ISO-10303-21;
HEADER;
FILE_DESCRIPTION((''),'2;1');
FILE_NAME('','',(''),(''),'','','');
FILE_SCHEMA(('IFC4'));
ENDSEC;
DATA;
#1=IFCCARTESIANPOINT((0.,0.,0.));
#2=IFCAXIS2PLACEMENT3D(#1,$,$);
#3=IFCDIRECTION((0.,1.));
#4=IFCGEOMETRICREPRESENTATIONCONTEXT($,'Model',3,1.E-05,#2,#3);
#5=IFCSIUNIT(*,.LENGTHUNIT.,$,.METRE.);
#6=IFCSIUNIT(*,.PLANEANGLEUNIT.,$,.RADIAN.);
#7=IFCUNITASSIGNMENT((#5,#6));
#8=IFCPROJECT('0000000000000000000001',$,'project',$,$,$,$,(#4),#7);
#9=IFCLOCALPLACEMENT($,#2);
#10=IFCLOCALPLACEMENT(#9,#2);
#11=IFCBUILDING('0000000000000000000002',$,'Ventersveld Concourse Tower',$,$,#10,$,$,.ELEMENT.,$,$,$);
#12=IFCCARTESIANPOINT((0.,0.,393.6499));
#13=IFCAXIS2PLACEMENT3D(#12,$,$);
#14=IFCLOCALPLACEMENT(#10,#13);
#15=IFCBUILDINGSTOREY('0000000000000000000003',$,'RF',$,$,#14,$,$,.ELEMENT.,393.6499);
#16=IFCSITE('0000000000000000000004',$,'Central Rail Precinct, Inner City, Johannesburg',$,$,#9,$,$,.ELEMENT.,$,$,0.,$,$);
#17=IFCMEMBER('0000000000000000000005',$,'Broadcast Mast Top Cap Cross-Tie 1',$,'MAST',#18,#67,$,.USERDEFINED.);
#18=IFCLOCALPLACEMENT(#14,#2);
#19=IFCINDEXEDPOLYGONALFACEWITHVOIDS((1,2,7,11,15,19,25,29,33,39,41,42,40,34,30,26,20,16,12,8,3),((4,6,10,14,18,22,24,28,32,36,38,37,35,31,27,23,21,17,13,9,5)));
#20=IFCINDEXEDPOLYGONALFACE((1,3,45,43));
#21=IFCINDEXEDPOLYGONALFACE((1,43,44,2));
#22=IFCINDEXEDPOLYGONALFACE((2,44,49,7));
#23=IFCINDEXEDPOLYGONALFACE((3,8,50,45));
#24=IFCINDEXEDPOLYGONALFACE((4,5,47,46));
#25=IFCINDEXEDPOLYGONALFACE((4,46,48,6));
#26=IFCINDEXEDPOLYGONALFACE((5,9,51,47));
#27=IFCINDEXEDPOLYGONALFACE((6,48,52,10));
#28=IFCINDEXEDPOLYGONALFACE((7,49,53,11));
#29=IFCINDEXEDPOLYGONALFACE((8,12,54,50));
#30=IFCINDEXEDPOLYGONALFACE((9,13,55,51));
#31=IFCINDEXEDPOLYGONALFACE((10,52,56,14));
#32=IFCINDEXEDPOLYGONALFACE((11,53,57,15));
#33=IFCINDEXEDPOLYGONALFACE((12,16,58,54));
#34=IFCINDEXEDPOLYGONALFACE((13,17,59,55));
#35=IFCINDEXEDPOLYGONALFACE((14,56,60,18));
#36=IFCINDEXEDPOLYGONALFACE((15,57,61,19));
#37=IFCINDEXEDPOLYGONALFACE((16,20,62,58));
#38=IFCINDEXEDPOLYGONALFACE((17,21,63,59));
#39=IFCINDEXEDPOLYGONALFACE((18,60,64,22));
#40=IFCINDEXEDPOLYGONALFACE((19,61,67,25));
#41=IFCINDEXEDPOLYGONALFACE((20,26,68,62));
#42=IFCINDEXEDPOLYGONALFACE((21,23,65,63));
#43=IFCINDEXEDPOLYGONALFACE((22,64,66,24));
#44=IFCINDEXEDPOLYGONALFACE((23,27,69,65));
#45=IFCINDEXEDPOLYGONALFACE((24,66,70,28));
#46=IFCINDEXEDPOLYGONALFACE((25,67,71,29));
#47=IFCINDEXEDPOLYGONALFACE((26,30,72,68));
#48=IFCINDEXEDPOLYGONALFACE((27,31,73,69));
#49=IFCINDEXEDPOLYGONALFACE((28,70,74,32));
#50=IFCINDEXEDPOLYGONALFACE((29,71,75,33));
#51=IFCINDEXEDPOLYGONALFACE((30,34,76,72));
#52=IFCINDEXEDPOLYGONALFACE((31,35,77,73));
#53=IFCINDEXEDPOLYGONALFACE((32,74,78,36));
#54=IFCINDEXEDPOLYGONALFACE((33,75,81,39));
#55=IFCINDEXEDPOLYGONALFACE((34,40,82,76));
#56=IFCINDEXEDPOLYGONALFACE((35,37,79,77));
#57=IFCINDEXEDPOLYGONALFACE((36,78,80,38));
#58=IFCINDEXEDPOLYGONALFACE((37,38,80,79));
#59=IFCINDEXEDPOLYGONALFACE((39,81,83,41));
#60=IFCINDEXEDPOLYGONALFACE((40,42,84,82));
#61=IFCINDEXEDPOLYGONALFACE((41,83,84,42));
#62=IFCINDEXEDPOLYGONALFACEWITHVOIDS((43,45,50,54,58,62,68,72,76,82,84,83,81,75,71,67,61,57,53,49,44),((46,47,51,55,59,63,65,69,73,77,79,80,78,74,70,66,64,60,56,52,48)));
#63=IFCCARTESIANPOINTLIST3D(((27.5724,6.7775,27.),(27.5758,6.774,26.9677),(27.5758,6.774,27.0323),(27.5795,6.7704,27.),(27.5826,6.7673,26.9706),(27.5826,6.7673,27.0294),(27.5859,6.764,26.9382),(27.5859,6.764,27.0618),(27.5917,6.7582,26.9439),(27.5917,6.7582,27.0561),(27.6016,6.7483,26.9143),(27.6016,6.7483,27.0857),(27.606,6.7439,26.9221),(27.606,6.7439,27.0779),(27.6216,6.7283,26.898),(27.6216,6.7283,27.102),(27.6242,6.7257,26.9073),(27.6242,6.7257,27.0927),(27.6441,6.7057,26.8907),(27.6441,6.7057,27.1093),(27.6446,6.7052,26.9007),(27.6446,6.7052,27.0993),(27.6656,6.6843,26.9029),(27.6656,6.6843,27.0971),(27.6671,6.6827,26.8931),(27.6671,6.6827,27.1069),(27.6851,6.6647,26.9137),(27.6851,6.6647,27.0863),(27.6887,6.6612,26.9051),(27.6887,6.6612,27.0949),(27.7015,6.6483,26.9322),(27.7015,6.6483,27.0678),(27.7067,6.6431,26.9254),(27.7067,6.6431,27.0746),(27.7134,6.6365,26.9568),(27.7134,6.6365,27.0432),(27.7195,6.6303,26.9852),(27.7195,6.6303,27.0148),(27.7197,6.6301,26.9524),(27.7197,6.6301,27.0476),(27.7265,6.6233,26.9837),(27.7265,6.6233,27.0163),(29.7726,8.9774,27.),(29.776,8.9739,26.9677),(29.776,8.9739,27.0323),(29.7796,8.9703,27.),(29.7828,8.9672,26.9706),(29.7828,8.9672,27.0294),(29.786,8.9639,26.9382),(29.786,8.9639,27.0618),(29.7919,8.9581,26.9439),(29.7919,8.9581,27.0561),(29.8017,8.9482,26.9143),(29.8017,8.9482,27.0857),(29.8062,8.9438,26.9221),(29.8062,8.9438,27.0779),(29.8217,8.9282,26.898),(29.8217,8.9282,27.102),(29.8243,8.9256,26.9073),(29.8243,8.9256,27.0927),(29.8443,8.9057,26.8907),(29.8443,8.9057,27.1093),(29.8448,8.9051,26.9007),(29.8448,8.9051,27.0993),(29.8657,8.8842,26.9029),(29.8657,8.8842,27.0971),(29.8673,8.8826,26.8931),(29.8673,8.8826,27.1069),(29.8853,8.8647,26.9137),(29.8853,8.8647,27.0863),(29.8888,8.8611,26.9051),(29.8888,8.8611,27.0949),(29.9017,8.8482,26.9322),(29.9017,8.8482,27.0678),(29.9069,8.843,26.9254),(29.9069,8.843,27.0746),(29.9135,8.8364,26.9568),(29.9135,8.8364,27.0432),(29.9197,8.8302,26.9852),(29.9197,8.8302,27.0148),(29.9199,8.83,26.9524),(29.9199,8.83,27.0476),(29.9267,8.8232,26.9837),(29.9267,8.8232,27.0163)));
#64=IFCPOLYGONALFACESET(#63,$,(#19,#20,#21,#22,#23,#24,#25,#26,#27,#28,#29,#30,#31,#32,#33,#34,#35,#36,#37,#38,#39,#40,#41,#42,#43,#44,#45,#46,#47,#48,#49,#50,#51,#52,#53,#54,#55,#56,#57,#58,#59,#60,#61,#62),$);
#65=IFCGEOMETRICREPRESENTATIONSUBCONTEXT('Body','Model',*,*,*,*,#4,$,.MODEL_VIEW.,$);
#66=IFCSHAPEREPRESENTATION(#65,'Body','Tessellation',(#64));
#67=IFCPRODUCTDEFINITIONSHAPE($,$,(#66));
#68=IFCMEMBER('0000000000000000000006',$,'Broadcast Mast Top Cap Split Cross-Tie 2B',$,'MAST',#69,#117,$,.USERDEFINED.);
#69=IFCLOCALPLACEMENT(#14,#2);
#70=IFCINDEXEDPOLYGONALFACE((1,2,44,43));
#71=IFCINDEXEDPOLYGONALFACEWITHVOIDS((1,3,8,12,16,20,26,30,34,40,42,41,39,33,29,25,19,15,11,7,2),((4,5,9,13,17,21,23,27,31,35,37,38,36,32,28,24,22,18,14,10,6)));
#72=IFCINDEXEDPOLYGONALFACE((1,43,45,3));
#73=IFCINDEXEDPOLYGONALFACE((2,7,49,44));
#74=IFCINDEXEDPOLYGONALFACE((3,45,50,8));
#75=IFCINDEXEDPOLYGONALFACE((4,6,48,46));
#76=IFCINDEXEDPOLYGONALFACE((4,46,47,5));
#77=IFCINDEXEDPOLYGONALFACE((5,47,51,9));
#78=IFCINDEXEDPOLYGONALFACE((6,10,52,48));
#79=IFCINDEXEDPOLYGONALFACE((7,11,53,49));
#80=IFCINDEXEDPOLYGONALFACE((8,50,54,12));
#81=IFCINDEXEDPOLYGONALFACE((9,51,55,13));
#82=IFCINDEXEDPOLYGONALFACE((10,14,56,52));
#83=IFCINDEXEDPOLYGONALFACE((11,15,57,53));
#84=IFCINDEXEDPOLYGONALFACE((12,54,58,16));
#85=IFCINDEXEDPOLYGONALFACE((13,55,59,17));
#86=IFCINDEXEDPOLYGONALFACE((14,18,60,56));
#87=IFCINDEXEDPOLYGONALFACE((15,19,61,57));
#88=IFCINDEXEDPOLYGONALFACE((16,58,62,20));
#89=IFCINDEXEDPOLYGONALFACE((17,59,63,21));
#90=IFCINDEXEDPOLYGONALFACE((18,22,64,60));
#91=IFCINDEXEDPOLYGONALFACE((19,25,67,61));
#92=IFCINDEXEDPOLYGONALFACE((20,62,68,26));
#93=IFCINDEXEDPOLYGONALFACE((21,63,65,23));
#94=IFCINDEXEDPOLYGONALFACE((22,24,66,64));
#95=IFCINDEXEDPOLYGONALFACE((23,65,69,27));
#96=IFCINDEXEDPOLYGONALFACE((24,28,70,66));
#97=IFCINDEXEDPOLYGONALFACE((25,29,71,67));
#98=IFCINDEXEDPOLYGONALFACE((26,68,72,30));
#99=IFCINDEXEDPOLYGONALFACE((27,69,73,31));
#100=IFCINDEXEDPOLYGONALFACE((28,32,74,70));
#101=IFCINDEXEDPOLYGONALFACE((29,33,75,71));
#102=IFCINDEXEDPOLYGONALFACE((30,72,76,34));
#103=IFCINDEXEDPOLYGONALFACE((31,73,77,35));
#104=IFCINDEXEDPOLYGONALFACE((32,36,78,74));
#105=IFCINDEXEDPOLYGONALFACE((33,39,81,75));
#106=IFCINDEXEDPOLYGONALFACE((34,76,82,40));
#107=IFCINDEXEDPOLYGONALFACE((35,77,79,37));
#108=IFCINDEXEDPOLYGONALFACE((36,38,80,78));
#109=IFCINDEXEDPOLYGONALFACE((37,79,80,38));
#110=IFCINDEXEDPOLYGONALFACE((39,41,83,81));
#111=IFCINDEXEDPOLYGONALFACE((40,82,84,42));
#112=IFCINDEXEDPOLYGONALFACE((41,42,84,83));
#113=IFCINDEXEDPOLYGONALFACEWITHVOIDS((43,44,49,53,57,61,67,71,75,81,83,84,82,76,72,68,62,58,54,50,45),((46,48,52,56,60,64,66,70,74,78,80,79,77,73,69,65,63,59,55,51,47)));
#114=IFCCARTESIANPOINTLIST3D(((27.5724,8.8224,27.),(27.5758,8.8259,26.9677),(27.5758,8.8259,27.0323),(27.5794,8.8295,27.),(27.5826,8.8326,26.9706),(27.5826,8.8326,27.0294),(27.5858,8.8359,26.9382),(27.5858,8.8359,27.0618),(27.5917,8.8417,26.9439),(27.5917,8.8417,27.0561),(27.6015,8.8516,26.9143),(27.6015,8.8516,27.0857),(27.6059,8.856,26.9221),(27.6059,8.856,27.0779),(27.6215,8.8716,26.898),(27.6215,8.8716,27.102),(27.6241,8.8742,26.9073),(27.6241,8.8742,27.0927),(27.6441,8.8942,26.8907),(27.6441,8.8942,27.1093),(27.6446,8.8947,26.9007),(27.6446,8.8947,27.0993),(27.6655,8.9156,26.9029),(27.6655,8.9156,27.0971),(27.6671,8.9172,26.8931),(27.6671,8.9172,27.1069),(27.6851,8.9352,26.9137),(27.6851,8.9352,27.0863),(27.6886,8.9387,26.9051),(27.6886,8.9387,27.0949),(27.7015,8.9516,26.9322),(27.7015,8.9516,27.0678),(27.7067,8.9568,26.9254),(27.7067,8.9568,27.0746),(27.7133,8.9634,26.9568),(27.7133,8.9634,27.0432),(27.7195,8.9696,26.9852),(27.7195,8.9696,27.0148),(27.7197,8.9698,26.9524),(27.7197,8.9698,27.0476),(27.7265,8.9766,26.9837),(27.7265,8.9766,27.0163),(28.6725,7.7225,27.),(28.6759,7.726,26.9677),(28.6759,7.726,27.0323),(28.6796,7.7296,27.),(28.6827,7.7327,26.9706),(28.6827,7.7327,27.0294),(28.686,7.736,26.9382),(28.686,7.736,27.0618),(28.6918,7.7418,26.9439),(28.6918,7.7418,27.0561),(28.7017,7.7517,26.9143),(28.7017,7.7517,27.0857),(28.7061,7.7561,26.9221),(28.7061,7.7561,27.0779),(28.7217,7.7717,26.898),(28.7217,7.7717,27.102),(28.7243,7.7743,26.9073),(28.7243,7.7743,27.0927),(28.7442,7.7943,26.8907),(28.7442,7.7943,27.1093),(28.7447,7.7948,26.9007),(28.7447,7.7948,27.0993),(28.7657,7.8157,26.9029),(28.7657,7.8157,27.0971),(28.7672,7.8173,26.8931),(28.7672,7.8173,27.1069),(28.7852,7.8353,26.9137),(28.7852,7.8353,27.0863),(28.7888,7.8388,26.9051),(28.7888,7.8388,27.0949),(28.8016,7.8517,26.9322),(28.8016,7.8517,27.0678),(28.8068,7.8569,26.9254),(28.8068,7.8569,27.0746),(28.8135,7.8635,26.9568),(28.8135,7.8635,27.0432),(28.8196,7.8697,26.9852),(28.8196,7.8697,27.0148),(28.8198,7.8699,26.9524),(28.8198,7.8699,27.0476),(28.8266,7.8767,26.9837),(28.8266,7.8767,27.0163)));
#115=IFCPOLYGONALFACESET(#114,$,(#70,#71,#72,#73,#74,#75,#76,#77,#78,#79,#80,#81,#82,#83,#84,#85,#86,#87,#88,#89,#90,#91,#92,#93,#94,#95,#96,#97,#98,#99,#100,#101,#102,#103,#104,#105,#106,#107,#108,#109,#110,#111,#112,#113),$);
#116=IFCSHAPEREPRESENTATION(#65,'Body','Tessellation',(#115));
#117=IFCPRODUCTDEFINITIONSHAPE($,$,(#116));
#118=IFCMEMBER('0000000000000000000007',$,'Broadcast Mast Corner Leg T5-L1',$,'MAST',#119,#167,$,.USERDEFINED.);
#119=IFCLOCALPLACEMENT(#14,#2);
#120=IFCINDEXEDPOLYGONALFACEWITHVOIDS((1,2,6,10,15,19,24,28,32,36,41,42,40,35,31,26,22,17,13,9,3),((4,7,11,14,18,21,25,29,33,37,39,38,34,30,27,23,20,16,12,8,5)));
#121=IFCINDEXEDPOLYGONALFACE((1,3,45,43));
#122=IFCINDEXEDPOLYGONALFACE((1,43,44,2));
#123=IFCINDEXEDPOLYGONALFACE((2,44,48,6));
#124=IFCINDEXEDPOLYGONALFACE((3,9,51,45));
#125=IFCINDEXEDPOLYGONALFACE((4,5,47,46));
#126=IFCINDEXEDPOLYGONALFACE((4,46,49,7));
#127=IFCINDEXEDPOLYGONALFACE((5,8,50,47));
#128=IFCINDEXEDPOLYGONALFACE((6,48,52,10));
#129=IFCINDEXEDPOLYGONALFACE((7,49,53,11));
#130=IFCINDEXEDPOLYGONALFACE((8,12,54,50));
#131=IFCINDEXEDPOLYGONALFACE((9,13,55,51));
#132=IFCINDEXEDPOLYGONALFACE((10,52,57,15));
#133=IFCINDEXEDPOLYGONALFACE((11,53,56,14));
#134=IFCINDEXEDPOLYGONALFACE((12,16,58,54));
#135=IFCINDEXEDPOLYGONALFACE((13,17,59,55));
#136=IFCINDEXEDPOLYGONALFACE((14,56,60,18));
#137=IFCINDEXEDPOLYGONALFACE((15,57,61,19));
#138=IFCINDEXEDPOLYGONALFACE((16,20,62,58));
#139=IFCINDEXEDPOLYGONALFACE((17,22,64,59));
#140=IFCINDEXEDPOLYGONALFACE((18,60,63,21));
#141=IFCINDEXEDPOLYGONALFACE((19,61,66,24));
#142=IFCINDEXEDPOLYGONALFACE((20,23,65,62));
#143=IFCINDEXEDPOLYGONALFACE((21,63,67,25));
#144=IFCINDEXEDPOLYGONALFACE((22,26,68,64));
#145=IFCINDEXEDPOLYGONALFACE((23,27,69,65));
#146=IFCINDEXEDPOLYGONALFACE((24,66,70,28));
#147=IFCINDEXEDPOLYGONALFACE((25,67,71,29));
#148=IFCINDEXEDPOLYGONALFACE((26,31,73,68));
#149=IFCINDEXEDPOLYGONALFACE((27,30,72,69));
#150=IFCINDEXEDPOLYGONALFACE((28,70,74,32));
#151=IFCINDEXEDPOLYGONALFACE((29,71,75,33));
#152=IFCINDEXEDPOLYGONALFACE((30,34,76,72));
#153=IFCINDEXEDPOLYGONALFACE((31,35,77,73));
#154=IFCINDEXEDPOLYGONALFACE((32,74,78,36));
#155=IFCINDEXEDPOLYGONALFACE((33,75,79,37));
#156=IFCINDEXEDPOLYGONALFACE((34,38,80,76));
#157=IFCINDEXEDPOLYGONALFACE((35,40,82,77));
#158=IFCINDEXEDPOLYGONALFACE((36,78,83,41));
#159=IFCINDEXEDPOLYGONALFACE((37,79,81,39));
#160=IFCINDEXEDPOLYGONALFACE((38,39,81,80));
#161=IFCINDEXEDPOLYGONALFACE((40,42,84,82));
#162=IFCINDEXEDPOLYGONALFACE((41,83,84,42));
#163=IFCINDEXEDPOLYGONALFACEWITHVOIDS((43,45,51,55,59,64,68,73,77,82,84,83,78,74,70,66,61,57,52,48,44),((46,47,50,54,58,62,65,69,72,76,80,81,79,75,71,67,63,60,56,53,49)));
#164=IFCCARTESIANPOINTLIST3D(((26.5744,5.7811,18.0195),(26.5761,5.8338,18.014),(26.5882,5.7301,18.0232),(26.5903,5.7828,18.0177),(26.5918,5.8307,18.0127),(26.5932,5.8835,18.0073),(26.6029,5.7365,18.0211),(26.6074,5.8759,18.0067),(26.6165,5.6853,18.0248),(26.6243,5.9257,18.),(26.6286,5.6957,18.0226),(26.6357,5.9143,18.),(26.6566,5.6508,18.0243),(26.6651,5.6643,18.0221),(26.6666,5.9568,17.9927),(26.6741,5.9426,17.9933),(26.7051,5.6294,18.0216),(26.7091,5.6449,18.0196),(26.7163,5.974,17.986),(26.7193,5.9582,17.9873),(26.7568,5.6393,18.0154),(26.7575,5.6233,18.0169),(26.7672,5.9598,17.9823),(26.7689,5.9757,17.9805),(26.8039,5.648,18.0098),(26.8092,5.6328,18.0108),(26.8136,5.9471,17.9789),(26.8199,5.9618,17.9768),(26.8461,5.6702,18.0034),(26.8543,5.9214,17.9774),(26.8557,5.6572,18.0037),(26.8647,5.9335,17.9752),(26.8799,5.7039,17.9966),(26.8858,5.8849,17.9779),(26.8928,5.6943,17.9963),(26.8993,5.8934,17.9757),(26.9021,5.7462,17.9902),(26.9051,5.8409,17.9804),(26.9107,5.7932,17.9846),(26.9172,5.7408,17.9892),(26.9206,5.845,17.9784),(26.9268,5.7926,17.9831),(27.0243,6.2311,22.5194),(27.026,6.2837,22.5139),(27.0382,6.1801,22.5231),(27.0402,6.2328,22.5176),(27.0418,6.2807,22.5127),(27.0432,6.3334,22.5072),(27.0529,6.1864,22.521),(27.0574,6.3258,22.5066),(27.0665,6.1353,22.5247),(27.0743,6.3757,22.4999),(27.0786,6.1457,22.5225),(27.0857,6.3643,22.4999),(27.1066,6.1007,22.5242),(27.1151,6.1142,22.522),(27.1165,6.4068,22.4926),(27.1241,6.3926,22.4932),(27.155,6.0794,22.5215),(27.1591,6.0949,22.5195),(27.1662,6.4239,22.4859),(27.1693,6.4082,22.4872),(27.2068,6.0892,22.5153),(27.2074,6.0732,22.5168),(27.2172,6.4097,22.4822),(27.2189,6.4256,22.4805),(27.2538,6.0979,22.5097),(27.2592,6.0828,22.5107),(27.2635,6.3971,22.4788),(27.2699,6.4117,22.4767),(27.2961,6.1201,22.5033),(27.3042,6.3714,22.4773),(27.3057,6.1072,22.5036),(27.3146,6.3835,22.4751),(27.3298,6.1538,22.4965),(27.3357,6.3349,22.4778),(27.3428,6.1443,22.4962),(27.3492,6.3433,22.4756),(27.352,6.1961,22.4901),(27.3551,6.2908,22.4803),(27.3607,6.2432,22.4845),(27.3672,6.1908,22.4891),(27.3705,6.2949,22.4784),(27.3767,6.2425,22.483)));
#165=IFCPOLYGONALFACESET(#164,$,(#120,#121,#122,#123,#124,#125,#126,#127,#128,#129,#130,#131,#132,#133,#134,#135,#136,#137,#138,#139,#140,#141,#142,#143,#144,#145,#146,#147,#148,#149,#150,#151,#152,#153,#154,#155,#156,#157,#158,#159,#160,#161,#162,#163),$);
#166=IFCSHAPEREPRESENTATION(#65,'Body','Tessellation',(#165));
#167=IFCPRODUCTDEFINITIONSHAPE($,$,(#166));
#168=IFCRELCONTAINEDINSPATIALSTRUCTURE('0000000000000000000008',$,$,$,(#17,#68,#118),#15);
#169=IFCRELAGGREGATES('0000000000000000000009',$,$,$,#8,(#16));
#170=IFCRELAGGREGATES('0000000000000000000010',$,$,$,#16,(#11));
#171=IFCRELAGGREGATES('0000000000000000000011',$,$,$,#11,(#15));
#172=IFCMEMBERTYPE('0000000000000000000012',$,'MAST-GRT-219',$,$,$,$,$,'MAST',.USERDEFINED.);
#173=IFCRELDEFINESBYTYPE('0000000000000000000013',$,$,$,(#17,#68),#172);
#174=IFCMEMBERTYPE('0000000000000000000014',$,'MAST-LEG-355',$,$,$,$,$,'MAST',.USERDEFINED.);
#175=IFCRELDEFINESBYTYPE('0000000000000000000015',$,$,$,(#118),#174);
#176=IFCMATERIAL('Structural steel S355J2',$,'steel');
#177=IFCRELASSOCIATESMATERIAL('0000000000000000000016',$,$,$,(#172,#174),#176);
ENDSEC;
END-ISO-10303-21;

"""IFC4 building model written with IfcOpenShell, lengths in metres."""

from ifc_helpers import new_model, si_unit, direction, frame, origin, origin_2d, place, context, subcontext, project, spatial, hollow_circle, extrude, material, material_profile, profile_set, type_object, element, save


model = new_model("IFC4")

# Units and contexts
model_context = context("Model", 3, precision=1e-05, world=origin(), true_north=direction((0.0, 1.0)))
body_context = subcontext(model_context, "Body", "Model", "MODEL_VIEW")
ifc_project = project(units=[si_unit("LENGTHUNIT", "METRE"), si_unit("PLANEANGLEUNIT", "RADIAN")], contexts=[model_context])

# Site, building, storey
site_placement = place(None, origin())
site = spatial("IfcSite", under=ifc_project, at=site_placement, Name="Central Rail Precinct, Inner City, Johannesburg", CompositionType="ELEMENT", RefElevation=0.0)
building_placement = place(site_placement, origin())
building = spatial("IfcBuilding", under=site, at=building_placement, Name="Ventersveld Concourse Tower", CompositionType="ELEMENT")
storey_placement = place(building_placement, frame((0.0, 0.0, 393.6499)))
storey = spatial("IfcBuildingStorey", under=building, at=storey_placement, Name="RF", CompositionType="ELEMENT", Elevation=393.6499)

# Members
ifc_material = material(Name="Structural steel S355J2", Category="steel")
ifc_material_profile_1 = material_profile(ifc_material, hollow_circle(Radius=0.1096, WallThickness=0.01, at=origin_2d()), Name="CHS 219.1x10")
ifc_profile_set_1 = profile_set([ifc_material_profile_1], Name="Structural steel S355J2")
member_type_1 = type_object("IfcMemberType", Name="MAST-GRT-219", ElementType="MAST", PredefinedType="USERDEFINED", material=ifc_profile_set_1)
member_1_placement = place(storey_placement, frame((27.6499, 6.7, 27.0), z_axis=(0.707146, 0.707068, 0.0), x_axis=(-0.707068, 0.707146, 0.0)))
element("IfcMember", 1, at=member_1_placement, inside=storey, type_object=member_type_1, Name="Broadcast Mast Top Cap Cross-Tie 1", ObjectType="MAST", PredefinedType="USERDEFINED", context=body_context, shape_type="SweptSolid", body=[
    extrude(hollow_circle(Radius=0.1096, WallThickness=0.01, at=origin_2d()), origin(), (0.0, 0.0, 1.0), 3.1113),
])
member_2_placement = place(storey_placement, frame((28.75, 7.8, 27.0), z_axis=(-0.707185, 0.707028, 0.0), x_axis=(-0.707028, -0.707185, 0.0)))
element("IfcMember", 2, at=member_2_placement, inside=storey, type_object=member_type_1, Name="Broadcast Mast Top Cap Split Cross-Tie 2B", ObjectType="MAST", PredefinedType="USERDEFINED", context=body_context, shape_type="SweptSolid", body=[
    extrude(hollow_circle(Radius=0.1096, WallThickness=0.01, at=origin_2d()), origin(), (0.0, 0.0, 1.0), 1.5557),
])
ifc_material_profile_2 = material_profile(ifc_material, hollow_circle(Radius=0.1777, WallThickness=0.0161, at=origin_2d()), Name="CHS 355.6x16")
ifc_profile_set_2 = profile_set([ifc_material_profile_2], Name="Structural steel S355J2")
member_type_2 = type_object("IfcMemberType", Name="MAST-LEG-355", ElementType="MAST", PredefinedType="USERDEFINED", material=ifc_profile_set_2)
for number, where, z_axis, x_axis, name in (
    (3, (26.75, 5.8, 18.0), (0.099004, 0.099004, 0.99015), (-0.707107, 0.707107, 0.0), "Broadcast Mast Corner Leg T5-L1"),
):
    element("IfcMember", number, at=place(storey_placement, frame(where, z_axis=z_axis, x_axis=x_axis)), inside=storey, type_object=member_type_2, Name=name, ObjectType="MAST", PredefinedType="USERDEFINED", context=body_context, shape_type="SweptSolid", body=[
        extrude(hollow_circle(Radius=0.1777, WallThickness=0.0161, at=origin_2d()), origin(), (0.0, 0.0, 1.0), 4.5447),
    ])

save(model, "model.ifc")
